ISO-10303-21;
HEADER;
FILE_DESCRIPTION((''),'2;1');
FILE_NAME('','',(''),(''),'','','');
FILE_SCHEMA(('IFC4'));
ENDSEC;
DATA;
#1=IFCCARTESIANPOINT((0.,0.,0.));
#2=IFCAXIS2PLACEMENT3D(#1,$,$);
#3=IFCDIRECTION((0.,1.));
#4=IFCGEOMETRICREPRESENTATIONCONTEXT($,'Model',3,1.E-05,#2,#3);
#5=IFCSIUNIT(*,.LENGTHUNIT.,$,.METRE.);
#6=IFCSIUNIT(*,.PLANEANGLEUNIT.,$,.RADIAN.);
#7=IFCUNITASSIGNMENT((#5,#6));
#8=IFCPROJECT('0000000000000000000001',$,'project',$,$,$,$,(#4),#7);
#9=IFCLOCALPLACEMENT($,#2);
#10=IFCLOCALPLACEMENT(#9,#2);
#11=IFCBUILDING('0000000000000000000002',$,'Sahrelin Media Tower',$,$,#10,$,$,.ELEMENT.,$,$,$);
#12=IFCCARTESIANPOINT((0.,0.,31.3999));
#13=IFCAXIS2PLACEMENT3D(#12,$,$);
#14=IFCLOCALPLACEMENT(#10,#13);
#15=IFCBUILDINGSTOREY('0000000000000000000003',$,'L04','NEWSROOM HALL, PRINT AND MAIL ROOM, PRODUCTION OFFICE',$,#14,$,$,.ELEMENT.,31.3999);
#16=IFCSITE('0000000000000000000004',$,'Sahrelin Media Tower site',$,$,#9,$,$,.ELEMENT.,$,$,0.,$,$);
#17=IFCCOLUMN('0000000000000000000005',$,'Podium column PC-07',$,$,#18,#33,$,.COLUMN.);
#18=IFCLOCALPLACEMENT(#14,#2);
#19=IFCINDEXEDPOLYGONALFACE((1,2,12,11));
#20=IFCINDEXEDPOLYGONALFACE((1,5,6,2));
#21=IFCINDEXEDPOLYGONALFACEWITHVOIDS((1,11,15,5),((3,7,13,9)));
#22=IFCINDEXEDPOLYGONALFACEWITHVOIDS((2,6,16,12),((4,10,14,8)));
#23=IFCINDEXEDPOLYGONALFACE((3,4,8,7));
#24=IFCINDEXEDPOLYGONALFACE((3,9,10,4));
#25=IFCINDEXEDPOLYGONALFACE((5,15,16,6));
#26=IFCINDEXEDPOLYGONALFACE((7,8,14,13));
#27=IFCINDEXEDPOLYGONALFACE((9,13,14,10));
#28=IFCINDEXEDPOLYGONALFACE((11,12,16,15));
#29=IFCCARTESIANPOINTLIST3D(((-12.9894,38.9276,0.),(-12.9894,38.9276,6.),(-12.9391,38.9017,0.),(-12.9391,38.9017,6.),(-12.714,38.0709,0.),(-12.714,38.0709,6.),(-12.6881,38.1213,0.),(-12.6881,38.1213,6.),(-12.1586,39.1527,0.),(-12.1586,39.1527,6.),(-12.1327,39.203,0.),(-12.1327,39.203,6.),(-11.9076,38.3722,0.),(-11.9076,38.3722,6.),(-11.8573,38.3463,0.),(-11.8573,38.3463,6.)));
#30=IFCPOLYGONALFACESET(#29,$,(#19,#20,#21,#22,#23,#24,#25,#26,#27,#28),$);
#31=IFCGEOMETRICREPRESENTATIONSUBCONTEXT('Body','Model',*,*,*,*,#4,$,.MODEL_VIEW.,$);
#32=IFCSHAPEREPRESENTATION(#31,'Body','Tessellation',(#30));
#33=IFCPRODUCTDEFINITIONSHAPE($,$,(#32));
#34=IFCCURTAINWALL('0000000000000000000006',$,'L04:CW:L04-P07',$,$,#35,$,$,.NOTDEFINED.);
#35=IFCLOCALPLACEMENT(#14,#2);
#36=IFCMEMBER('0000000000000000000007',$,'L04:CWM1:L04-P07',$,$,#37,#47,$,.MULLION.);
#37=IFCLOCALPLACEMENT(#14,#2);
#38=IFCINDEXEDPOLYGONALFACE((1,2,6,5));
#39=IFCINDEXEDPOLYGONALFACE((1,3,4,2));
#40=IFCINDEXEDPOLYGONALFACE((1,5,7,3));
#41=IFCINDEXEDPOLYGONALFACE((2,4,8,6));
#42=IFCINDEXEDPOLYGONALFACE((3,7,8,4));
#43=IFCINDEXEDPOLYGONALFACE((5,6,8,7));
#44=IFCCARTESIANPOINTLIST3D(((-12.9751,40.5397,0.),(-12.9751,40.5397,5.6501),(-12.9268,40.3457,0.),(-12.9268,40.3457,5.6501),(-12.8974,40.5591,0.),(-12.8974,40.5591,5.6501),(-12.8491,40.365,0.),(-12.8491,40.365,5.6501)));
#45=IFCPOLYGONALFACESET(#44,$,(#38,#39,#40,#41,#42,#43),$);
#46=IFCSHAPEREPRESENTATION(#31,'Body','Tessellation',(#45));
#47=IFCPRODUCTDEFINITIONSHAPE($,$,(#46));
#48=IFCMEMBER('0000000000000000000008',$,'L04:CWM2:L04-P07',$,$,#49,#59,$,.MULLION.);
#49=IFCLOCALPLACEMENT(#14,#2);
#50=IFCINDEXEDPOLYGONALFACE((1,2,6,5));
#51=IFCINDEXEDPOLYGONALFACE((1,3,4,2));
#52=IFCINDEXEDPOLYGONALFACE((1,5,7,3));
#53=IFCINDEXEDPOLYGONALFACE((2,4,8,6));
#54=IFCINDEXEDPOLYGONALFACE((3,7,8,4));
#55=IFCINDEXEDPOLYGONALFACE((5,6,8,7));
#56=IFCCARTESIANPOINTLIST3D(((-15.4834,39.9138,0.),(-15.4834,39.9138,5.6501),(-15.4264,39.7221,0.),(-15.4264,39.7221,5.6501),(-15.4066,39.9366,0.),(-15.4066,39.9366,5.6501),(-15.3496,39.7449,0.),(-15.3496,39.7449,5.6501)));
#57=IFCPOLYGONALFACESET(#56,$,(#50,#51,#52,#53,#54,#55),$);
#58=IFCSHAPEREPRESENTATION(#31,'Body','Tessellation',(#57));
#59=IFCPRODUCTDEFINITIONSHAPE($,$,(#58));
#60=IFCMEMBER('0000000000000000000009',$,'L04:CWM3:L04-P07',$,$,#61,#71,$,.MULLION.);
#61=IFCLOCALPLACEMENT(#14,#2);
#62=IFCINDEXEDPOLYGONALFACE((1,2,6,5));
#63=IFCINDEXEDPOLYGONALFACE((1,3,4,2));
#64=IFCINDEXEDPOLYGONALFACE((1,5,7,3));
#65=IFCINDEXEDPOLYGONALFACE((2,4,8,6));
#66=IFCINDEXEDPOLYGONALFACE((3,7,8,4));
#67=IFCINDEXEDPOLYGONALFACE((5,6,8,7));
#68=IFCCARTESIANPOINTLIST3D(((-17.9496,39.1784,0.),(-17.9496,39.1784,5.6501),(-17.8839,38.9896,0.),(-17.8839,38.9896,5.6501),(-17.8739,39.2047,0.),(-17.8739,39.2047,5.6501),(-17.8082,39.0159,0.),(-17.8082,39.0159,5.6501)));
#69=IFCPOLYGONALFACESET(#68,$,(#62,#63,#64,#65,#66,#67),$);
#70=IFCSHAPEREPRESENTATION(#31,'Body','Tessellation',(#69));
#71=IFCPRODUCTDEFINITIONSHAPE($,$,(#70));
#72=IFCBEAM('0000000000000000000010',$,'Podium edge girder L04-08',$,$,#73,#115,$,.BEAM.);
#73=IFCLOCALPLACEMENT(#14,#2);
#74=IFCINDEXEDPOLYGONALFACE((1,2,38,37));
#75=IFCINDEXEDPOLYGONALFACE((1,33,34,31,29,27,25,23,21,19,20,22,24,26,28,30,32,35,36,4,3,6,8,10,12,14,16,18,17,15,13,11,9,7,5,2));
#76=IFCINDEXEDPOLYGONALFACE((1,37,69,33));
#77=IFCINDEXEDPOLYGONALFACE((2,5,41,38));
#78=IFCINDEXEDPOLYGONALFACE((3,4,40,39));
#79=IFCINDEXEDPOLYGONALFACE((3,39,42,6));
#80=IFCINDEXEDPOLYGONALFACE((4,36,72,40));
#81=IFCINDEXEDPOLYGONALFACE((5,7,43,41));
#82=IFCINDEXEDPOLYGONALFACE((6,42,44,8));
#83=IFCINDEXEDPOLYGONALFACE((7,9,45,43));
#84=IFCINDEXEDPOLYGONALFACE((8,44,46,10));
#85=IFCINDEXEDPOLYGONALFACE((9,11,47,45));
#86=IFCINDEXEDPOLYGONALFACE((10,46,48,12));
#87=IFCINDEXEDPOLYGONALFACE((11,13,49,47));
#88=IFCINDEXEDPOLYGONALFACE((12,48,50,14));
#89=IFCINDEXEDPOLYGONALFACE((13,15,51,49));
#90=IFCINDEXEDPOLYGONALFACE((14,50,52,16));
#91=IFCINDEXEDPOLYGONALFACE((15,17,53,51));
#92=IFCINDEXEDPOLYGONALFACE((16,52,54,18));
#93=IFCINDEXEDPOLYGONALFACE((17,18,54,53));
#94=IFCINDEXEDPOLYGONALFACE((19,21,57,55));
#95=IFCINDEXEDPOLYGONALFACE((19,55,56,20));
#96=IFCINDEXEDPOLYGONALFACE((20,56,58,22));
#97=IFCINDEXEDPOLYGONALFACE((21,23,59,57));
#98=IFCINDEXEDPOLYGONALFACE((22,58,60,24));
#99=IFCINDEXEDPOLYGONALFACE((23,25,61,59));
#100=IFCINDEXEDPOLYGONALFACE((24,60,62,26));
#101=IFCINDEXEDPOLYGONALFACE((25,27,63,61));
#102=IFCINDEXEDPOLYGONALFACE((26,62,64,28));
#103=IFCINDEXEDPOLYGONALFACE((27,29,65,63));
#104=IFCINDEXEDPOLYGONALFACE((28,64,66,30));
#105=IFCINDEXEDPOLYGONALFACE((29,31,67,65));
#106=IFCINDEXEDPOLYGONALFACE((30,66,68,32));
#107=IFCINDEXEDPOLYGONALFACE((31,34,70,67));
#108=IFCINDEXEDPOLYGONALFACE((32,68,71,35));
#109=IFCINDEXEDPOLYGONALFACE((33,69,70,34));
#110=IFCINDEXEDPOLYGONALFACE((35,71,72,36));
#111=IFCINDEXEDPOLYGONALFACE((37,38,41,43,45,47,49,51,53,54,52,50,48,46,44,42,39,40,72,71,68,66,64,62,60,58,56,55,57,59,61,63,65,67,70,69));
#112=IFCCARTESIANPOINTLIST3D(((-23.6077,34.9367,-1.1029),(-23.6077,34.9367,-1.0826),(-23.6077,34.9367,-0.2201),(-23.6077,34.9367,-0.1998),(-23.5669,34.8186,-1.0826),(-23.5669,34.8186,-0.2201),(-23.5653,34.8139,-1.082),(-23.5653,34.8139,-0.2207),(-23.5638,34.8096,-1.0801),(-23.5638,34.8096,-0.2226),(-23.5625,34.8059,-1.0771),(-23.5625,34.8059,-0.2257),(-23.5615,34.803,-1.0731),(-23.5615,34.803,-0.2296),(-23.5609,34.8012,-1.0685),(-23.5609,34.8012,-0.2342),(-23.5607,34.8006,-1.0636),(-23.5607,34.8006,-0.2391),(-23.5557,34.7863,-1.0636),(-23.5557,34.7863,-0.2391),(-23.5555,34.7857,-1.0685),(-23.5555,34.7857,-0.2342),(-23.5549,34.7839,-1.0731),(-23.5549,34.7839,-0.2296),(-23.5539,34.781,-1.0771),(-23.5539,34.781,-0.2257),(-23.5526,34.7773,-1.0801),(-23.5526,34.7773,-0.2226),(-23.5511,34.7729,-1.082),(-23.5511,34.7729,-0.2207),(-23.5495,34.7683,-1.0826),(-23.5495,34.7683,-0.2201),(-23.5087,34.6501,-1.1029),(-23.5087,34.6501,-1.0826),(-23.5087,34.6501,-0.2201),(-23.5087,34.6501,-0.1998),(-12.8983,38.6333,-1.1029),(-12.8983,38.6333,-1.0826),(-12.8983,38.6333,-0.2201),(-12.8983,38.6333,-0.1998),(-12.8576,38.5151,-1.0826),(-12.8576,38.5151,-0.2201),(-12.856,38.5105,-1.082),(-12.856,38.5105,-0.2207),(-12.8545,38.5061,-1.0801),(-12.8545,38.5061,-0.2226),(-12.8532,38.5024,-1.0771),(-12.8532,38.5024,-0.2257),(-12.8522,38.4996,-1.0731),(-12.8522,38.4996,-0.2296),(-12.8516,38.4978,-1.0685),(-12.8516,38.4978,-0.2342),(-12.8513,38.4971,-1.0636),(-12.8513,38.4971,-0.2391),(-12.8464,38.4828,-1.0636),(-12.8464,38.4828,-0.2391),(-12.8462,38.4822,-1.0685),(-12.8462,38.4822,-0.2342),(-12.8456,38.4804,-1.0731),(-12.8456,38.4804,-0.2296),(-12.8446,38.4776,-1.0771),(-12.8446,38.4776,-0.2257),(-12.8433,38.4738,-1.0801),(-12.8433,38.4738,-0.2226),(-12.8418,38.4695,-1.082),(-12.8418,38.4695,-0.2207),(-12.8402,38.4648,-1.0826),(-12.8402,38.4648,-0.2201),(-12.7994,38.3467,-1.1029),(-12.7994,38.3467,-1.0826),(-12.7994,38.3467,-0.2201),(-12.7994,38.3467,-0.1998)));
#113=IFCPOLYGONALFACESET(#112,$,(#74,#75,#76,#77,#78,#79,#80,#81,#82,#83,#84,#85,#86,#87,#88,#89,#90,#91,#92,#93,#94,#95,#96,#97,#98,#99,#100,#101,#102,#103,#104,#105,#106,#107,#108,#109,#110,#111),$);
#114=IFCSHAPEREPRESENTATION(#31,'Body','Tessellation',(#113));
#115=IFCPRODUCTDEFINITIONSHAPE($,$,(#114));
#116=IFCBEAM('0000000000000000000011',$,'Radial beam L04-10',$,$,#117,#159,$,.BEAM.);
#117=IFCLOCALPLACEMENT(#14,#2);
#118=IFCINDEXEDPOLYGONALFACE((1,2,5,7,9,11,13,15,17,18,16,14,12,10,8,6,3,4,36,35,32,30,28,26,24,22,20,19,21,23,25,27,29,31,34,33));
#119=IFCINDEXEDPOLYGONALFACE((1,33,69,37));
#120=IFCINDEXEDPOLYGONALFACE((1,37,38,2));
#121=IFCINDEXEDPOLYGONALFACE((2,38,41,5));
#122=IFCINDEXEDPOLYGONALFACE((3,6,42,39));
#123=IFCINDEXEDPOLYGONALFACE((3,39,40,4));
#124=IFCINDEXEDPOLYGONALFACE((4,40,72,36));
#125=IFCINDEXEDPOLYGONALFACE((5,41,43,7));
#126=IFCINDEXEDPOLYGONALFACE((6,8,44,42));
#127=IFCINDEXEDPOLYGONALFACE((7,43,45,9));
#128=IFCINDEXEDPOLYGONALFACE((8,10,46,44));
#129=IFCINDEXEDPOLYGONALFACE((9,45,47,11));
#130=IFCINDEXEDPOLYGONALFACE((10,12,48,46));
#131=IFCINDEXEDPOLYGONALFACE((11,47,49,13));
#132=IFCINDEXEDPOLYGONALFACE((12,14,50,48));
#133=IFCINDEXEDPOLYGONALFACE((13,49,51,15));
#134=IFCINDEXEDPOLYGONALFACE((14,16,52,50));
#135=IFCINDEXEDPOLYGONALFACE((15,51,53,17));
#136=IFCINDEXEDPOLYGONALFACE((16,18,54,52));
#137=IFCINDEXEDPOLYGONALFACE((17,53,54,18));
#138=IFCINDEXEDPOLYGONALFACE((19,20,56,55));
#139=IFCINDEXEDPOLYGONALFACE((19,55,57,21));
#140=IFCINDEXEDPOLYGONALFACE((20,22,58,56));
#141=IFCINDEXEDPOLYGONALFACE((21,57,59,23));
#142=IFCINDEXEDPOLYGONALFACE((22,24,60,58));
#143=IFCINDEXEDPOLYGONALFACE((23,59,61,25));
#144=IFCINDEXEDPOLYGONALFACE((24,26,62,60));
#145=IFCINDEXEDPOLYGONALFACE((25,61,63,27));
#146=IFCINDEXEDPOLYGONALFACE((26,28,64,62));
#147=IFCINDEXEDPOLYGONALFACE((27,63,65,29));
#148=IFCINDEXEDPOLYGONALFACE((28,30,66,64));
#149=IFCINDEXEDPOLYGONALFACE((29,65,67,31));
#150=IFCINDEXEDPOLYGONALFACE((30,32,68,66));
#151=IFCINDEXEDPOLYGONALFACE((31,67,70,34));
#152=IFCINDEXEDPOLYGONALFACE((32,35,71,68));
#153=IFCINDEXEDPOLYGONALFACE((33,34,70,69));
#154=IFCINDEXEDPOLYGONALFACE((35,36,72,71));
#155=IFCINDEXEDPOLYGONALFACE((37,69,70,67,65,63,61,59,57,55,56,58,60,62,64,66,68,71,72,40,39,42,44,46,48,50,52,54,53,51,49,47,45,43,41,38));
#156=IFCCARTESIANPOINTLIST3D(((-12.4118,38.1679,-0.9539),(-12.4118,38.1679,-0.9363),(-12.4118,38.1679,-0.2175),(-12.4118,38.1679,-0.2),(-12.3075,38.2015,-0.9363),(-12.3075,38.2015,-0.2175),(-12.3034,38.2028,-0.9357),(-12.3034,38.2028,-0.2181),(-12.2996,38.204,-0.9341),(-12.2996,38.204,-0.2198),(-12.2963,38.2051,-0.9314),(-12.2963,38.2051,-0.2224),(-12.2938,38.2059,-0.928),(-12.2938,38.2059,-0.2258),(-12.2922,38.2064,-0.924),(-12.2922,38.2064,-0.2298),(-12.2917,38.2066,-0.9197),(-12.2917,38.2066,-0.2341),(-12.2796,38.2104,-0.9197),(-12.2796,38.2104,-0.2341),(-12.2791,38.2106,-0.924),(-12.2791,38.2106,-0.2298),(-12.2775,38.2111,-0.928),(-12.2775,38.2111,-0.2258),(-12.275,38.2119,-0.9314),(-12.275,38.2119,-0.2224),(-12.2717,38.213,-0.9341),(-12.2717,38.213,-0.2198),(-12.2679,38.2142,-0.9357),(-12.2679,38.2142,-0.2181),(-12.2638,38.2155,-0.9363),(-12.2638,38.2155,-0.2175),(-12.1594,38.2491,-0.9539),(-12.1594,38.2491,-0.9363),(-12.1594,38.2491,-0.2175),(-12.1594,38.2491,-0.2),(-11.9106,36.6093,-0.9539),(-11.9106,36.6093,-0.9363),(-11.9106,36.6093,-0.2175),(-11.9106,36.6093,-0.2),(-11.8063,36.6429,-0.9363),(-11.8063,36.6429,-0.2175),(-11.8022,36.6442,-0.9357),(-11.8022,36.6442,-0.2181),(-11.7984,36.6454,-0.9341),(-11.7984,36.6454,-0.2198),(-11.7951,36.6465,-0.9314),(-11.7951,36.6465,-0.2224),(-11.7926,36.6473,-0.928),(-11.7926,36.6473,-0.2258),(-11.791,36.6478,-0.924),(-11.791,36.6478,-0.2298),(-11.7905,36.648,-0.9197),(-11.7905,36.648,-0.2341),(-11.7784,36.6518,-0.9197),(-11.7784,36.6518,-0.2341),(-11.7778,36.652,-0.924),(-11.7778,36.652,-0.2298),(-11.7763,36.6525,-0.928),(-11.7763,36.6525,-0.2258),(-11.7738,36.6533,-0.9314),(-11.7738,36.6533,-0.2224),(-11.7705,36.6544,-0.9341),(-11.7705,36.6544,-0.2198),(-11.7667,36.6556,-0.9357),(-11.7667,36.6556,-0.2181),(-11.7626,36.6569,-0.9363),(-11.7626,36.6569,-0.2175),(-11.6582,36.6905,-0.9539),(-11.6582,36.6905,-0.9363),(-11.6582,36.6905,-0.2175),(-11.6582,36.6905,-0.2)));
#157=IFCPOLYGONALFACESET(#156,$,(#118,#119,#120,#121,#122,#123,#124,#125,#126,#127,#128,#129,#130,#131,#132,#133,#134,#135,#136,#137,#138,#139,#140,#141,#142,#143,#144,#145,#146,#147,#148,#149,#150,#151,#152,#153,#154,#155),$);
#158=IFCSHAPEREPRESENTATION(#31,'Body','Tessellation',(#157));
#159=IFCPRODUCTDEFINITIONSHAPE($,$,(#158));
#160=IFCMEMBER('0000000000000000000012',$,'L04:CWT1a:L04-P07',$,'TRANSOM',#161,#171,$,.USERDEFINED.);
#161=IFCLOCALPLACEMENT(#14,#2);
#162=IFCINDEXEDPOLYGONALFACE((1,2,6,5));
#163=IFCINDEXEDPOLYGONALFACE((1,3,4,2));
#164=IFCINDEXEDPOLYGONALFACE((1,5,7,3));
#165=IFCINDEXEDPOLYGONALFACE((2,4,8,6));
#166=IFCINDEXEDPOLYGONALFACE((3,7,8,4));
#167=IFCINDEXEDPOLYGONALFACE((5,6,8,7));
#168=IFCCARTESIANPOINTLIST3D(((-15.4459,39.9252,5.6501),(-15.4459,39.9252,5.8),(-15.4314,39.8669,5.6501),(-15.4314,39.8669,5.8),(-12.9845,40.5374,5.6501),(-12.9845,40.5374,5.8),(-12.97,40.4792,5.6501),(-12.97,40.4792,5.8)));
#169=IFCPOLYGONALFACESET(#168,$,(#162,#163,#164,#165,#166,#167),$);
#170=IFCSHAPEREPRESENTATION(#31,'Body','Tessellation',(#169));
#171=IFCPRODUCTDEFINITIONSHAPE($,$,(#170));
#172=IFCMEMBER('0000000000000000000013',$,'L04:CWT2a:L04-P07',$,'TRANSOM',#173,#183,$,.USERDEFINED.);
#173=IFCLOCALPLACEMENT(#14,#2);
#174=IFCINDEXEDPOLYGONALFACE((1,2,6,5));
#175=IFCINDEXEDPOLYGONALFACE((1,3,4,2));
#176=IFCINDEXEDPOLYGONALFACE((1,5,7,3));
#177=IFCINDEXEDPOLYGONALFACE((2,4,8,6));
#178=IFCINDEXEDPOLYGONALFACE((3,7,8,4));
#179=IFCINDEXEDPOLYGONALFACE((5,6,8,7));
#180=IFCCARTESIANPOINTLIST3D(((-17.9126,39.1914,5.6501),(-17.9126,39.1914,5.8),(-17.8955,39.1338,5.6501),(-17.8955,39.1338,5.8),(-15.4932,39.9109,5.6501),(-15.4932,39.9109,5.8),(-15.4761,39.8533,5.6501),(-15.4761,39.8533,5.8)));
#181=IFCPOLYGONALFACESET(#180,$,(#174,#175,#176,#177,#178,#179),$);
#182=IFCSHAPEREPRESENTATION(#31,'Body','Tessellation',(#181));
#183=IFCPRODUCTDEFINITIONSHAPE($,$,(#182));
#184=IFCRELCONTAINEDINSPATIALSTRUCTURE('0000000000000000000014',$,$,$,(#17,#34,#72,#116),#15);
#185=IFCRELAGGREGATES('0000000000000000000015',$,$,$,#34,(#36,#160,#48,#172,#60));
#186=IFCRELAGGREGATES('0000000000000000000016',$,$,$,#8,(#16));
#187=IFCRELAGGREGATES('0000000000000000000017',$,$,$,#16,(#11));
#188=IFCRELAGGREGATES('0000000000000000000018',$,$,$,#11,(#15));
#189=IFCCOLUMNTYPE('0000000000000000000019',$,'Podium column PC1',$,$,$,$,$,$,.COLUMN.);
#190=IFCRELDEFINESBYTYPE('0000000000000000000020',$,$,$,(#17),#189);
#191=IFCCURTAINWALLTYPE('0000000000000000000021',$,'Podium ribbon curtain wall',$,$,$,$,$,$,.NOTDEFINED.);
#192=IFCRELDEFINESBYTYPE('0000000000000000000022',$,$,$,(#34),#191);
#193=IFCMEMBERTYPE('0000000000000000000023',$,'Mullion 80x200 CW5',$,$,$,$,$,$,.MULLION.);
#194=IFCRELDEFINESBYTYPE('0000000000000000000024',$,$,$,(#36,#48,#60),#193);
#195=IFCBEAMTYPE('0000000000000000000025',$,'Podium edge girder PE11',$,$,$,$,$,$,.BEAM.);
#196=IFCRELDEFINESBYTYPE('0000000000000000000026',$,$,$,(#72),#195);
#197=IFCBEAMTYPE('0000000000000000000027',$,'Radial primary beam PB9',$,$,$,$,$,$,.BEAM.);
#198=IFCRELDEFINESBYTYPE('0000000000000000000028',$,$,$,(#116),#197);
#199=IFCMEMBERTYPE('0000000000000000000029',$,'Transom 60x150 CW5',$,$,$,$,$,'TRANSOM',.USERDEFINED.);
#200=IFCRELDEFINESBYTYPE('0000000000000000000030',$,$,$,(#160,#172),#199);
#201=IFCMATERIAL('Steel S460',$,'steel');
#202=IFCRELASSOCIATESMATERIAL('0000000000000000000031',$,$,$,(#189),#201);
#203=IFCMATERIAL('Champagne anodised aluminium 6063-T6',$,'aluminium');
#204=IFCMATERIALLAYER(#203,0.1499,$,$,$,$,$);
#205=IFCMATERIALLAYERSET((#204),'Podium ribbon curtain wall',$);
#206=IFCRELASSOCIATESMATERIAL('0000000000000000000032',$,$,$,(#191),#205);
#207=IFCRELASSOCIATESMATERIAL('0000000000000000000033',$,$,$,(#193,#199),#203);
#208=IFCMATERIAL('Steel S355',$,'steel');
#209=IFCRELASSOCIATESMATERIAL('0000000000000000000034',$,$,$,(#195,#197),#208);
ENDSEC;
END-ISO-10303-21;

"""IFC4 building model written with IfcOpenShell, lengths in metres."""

from ifc_helpers import new_model, si_unit, direction, frame, origin, origin_2d, place, context, subcontext, project, spatial, rectangle, hollow_rectangle, i_section, extrude, material, layer, layer_set, material_profile, profile_set, type_object, element, aggregate, save


model = new_model("IFC4")

# Units and contexts
model_context = context("Model", 3, precision=1e-05, world=origin(), true_north=direction((0.0, 1.0)))
body_context = subcontext(model_context, "Body", "Model", "MODEL_VIEW")
ifc_project = project(units=[si_unit("LENGTHUNIT", "METRE"), si_unit("PLANEANGLEUNIT", "RADIAN")], contexts=[model_context])

# Site, building, storey
site_placement = place(None, origin())
site = spatial("IfcSite", under=ifc_project, at=site_placement, Name="Sahrelin Media Tower site", CompositionType="ELEMENT", RefElevation=0.0)
building_placement = place(site_placement, origin())
building = spatial("IfcBuilding", under=site, at=building_placement, Name="Sahrelin Media Tower", CompositionType="ELEMENT")
storey_placement = place(building_placement, frame((0.0, 0.0, 31.3999)))
storey = spatial("IfcBuildingStorey", under=building, at=storey_placement, Name="L04", Description="NEWSROOM HALL, PRINT AND MAIL ROOM, PRODUCTION OFFICE", CompositionType="ELEMENT", Elevation=31.3999)

# Column
ifc_material_1 = material(Name="Steel S460", Category="steel")
ifc_material_profile_1 = material_profile(ifc_material_1, hollow_rectangle(XDim=0.8999, YDim=0.8999, WallThickness=0.04, at=origin_2d()), Name="Podium column PC1")
ifc_profile_set_1 = profile_set([ifc_material_profile_1], Name="Steel S460")
column_type = type_object("IfcColumnType", Name="Podium column PC1", PredefinedType="COLUMN", material=ifc_profile_set_1)
column_placement = place(storey_placement, frame((-12.4233, 38.637, 0.0), z_axis=(0.0, 0.0, 1.0), x_axis=(-0.306104, 0.951998, 0.0)))
element("IfcColumn", 1, at=column_placement, inside=storey, type_object=column_type, Name="Podium column PC-07", PredefinedType="COLUMN", context=body_context, shape_type="SweptSolid", body=[
    extrude(hollow_rectangle(XDim=0.8999, YDim=0.8999, WallThickness=0.04, at=origin_2d()), origin(), (0.0, 0.0, 1.0), 6.0),
])

# Curtain wall, members
ifc_material_2 = material(Name="Champagne anodised aluminium 6063-T6", Category="aluminium")
ifc_layer_1 = layer(ifc_material_2, 0.1499)
ifc_layer_set_1 = layer_set([ifc_layer_1], Name="Podium ribbon curtain wall")
curtain_wall_type = type_object("IfcCurtainWallType", Name="Podium ribbon curtain wall", PredefinedType="NOTDEFINED", material=ifc_layer_set_1)
curtain_wall_1_placement = place(storey_placement, frame((-12.9409, 40.5688, 0.0), z_axis=(0.0, 0.0, 1.0), x_axis=(1.0, 0.0, 0.0)))
curtain_wall_1 = element("IfcCurtainWall", 2, at=curtain_wall_1_placement, inside=storey, type_object=curtain_wall_type, Name="L04:CW:L04-P07", PredefinedType="NOTDEFINED")
ifc_material_profile_2 = material_profile(ifc_material_2, rectangle(XDim=0.0801, YDim=0.2, at=origin_2d()), Name="Mullion 80x200")
ifc_profile_set_2 = profile_set([ifc_material_profile_2], Name="Champagne anodised aluminium 6063-T6")
member_type_1 = type_object("IfcMemberType", Name="Mullion 80x200 CW5", PredefinedType="MULLION", material=ifc_profile_set_2)
member_1_placement = place(storey_placement, frame((-12.9121, 40.4524, 0.0), z_axis=(0.0, 0.0, 1.0), x_axis=(-0.97041, -0.241461, 0.0)))
member_1 = element("IfcMember", 3, at=member_1_placement, type_object=member_type_1, Name="L04:CWM1:L04-P07", PredefinedType="MULLION", context=body_context, shape_type="SweptSolid", body=[
    extrude(rectangle(XDim=0.0801, YDim=0.2, at=origin_2d()), origin(), (0.0, 0.0, 1.0), 5.6501),
])
member_2_placement = place(storey_placement, frame((-15.4165, 39.8293, 0.0), z_axis=(0.0, 0.0, 1.0), x_axis=(-0.958495, -0.28511, 0.0)))
member_2 = element("IfcMember", 4, at=member_2_placement, type_object=member_type_1, Name="L04:CWM2:L04-P07", PredefinedType="MULLION", context=body_context, shape_type="SweptSolid", body=[
    extrude(rectangle(XDim=0.0801, YDim=0.2, at=origin_2d()), origin(), (0.0, 0.0, 1.0), 5.6501),
])
member_3_placement = place(storey_placement, frame((-17.8789, 39.0972, 0.0), z_axis=(0.0, 0.0, 1.0), x_axis=(-0.944458, -0.328631, 0.0)))
member_3 = element("IfcMember", 5, at=member_3_placement, type_object=member_type_1, Name="L04:CWM3:L04-P07", PredefinedType="MULLION", context=body_context, shape_type="SweptSolid", body=[
    extrude(rectangle(XDim=0.0801, YDim=0.2, at=origin_2d()), origin(), (0.0, 0.0, 1.0), 5.6501),
])

# Beams
ifc_material_3 = material(Name="Steel S355", Category="steel")
ifc_material_profile_3 = material_profile(ifc_material_3, i_section(OverallWidth=0.3032, OverallDepth=0.9031, WebThickness=0.0151, FlangeThickness=0.0203, FilletRadius=0.019, at=origin_2d()), Name="UB 914x305x201")
ifc_profile_set_3 = profile_set([ifc_material_profile_3], Name="Steel S355")
beam_type_1 = type_object("IfcBeamType", Name="Podium edge girder PE11", PredefinedType="BEAM", material=ifc_profile_set_3)
beam_1_placement = place(storey_placement, frame((-12.8489, 38.49, -0.6514), z_axis=(-0.945272, -0.326282, 0.0), x_axis=(0.326282, -0.945272, 0.0)))
element("IfcBeam", 6, at=beam_1_placement, inside=storey, type_object=beam_type_1, Name="Podium edge girder L04-08", PredefinedType="BEAM", context=body_context, shape_type="SweptSolid", body=[
    extrude(i_section(OverallWidth=0.3032, OverallDepth=0.9031, WebThickness=0.0151, FlangeThickness=0.0203, FilletRadius=0.019, at=origin_2d()), origin(), (0.0, 0.0, 1.0), 11.3293),
])
ifc_material_profile_4 = material_profile(ifc_material_3, i_section(OverallWidth=0.2651, OverallDepth=0.7539, WebThickness=0.0127, FlangeThickness=0.0176, FilletRadius=0.0166, at=origin_2d()), Name="UB 762x267x147")
ifc_profile_set_4 = profile_set([ifc_material_profile_4], Name="Steel S355")
beam_type_2 = type_object("IfcBeamType", Name="Radial primary beam PB9", PredefinedType="BEAM", material=ifc_profile_set_4)
beam_2_placement = place(storey_placement, frame((-11.7844, 36.6499, -0.5769), z_axis=(-0.306144, 0.951985, 0.0), x_axis=(-0.951985, -0.306144, 0.0)))
element("IfcBeam", 7, at=beam_2_placement, inside=storey, type_object=beam_type_2, Name="Radial beam L04-10", PredefinedType="BEAM", context=body_context, shape_type="SweptSolid", body=[
    extrude(i_section(OverallWidth=0.2651, OverallDepth=0.7539, WebThickness=0.0127, FlangeThickness=0.0176, FilletRadius=0.0166, at=origin_2d()), origin(), (0.0, 0.0, 1.0), 1.6372),
])

# Members
ifc_material_profile_5 = material_profile(ifc_material_2, rectangle(XDim=0.0601, YDim=0.1499, at=origin_2d()), Name="Transom 60x150")
ifc_profile_set_5 = profile_set([ifc_material_profile_5], Name="Champagne anodised aluminium 6063-T6")
member_type_2 = type_object("IfcMemberType", Name="Transom 60x150 CW5", ElementType="TRANSOM", PredefinedType="USERDEFINED", material=ifc_profile_set_5)
member_4_placement = place(storey_placement, frame((-12.9773, 40.5083, 5.7251), z_axis=(-0.970425, -0.241403, 0.0), x_axis=(0.241403, -0.970425, 0.0)))
member_4 = element("IfcMember", 8, at=member_4_placement, type_object=member_type_2, Name="L04:CWT1a:L04-P07", ObjectType="TRANSOM", PredefinedType="USERDEFINED", context=body_context, shape_type="SweptSolid", body=[
    extrude(rectangle(XDim=0.0601, YDim=0.1499, at=origin_2d()), origin(), (0.0, 0.0, 1.0), 2.5364),
])
member_5_placement = place(storey_placement, frame((-15.4846, 39.8821, 5.7251), z_axis=(-0.958516, -0.28504, 0.0), x_axis=(0.28504, -0.958516, 0.0)))
member_5 = element("IfcMember", 9, at=member_5_placement, type_object=member_type_2, Name="L04:CWT2a:L04-P07", ObjectType="TRANSOM", PredefinedType="USERDEFINED", context=body_context, shape_type="SweptSolid", body=[
    extrude(rectangle(XDim=0.0601, YDim=0.1499, at=origin_2d()), origin(), (0.0, 0.0, 1.0), 2.5242),
])

aggregate(curtain_wall_1, [member_1, member_4, member_2, member_5, member_3])

save(model, "model.ifc")
